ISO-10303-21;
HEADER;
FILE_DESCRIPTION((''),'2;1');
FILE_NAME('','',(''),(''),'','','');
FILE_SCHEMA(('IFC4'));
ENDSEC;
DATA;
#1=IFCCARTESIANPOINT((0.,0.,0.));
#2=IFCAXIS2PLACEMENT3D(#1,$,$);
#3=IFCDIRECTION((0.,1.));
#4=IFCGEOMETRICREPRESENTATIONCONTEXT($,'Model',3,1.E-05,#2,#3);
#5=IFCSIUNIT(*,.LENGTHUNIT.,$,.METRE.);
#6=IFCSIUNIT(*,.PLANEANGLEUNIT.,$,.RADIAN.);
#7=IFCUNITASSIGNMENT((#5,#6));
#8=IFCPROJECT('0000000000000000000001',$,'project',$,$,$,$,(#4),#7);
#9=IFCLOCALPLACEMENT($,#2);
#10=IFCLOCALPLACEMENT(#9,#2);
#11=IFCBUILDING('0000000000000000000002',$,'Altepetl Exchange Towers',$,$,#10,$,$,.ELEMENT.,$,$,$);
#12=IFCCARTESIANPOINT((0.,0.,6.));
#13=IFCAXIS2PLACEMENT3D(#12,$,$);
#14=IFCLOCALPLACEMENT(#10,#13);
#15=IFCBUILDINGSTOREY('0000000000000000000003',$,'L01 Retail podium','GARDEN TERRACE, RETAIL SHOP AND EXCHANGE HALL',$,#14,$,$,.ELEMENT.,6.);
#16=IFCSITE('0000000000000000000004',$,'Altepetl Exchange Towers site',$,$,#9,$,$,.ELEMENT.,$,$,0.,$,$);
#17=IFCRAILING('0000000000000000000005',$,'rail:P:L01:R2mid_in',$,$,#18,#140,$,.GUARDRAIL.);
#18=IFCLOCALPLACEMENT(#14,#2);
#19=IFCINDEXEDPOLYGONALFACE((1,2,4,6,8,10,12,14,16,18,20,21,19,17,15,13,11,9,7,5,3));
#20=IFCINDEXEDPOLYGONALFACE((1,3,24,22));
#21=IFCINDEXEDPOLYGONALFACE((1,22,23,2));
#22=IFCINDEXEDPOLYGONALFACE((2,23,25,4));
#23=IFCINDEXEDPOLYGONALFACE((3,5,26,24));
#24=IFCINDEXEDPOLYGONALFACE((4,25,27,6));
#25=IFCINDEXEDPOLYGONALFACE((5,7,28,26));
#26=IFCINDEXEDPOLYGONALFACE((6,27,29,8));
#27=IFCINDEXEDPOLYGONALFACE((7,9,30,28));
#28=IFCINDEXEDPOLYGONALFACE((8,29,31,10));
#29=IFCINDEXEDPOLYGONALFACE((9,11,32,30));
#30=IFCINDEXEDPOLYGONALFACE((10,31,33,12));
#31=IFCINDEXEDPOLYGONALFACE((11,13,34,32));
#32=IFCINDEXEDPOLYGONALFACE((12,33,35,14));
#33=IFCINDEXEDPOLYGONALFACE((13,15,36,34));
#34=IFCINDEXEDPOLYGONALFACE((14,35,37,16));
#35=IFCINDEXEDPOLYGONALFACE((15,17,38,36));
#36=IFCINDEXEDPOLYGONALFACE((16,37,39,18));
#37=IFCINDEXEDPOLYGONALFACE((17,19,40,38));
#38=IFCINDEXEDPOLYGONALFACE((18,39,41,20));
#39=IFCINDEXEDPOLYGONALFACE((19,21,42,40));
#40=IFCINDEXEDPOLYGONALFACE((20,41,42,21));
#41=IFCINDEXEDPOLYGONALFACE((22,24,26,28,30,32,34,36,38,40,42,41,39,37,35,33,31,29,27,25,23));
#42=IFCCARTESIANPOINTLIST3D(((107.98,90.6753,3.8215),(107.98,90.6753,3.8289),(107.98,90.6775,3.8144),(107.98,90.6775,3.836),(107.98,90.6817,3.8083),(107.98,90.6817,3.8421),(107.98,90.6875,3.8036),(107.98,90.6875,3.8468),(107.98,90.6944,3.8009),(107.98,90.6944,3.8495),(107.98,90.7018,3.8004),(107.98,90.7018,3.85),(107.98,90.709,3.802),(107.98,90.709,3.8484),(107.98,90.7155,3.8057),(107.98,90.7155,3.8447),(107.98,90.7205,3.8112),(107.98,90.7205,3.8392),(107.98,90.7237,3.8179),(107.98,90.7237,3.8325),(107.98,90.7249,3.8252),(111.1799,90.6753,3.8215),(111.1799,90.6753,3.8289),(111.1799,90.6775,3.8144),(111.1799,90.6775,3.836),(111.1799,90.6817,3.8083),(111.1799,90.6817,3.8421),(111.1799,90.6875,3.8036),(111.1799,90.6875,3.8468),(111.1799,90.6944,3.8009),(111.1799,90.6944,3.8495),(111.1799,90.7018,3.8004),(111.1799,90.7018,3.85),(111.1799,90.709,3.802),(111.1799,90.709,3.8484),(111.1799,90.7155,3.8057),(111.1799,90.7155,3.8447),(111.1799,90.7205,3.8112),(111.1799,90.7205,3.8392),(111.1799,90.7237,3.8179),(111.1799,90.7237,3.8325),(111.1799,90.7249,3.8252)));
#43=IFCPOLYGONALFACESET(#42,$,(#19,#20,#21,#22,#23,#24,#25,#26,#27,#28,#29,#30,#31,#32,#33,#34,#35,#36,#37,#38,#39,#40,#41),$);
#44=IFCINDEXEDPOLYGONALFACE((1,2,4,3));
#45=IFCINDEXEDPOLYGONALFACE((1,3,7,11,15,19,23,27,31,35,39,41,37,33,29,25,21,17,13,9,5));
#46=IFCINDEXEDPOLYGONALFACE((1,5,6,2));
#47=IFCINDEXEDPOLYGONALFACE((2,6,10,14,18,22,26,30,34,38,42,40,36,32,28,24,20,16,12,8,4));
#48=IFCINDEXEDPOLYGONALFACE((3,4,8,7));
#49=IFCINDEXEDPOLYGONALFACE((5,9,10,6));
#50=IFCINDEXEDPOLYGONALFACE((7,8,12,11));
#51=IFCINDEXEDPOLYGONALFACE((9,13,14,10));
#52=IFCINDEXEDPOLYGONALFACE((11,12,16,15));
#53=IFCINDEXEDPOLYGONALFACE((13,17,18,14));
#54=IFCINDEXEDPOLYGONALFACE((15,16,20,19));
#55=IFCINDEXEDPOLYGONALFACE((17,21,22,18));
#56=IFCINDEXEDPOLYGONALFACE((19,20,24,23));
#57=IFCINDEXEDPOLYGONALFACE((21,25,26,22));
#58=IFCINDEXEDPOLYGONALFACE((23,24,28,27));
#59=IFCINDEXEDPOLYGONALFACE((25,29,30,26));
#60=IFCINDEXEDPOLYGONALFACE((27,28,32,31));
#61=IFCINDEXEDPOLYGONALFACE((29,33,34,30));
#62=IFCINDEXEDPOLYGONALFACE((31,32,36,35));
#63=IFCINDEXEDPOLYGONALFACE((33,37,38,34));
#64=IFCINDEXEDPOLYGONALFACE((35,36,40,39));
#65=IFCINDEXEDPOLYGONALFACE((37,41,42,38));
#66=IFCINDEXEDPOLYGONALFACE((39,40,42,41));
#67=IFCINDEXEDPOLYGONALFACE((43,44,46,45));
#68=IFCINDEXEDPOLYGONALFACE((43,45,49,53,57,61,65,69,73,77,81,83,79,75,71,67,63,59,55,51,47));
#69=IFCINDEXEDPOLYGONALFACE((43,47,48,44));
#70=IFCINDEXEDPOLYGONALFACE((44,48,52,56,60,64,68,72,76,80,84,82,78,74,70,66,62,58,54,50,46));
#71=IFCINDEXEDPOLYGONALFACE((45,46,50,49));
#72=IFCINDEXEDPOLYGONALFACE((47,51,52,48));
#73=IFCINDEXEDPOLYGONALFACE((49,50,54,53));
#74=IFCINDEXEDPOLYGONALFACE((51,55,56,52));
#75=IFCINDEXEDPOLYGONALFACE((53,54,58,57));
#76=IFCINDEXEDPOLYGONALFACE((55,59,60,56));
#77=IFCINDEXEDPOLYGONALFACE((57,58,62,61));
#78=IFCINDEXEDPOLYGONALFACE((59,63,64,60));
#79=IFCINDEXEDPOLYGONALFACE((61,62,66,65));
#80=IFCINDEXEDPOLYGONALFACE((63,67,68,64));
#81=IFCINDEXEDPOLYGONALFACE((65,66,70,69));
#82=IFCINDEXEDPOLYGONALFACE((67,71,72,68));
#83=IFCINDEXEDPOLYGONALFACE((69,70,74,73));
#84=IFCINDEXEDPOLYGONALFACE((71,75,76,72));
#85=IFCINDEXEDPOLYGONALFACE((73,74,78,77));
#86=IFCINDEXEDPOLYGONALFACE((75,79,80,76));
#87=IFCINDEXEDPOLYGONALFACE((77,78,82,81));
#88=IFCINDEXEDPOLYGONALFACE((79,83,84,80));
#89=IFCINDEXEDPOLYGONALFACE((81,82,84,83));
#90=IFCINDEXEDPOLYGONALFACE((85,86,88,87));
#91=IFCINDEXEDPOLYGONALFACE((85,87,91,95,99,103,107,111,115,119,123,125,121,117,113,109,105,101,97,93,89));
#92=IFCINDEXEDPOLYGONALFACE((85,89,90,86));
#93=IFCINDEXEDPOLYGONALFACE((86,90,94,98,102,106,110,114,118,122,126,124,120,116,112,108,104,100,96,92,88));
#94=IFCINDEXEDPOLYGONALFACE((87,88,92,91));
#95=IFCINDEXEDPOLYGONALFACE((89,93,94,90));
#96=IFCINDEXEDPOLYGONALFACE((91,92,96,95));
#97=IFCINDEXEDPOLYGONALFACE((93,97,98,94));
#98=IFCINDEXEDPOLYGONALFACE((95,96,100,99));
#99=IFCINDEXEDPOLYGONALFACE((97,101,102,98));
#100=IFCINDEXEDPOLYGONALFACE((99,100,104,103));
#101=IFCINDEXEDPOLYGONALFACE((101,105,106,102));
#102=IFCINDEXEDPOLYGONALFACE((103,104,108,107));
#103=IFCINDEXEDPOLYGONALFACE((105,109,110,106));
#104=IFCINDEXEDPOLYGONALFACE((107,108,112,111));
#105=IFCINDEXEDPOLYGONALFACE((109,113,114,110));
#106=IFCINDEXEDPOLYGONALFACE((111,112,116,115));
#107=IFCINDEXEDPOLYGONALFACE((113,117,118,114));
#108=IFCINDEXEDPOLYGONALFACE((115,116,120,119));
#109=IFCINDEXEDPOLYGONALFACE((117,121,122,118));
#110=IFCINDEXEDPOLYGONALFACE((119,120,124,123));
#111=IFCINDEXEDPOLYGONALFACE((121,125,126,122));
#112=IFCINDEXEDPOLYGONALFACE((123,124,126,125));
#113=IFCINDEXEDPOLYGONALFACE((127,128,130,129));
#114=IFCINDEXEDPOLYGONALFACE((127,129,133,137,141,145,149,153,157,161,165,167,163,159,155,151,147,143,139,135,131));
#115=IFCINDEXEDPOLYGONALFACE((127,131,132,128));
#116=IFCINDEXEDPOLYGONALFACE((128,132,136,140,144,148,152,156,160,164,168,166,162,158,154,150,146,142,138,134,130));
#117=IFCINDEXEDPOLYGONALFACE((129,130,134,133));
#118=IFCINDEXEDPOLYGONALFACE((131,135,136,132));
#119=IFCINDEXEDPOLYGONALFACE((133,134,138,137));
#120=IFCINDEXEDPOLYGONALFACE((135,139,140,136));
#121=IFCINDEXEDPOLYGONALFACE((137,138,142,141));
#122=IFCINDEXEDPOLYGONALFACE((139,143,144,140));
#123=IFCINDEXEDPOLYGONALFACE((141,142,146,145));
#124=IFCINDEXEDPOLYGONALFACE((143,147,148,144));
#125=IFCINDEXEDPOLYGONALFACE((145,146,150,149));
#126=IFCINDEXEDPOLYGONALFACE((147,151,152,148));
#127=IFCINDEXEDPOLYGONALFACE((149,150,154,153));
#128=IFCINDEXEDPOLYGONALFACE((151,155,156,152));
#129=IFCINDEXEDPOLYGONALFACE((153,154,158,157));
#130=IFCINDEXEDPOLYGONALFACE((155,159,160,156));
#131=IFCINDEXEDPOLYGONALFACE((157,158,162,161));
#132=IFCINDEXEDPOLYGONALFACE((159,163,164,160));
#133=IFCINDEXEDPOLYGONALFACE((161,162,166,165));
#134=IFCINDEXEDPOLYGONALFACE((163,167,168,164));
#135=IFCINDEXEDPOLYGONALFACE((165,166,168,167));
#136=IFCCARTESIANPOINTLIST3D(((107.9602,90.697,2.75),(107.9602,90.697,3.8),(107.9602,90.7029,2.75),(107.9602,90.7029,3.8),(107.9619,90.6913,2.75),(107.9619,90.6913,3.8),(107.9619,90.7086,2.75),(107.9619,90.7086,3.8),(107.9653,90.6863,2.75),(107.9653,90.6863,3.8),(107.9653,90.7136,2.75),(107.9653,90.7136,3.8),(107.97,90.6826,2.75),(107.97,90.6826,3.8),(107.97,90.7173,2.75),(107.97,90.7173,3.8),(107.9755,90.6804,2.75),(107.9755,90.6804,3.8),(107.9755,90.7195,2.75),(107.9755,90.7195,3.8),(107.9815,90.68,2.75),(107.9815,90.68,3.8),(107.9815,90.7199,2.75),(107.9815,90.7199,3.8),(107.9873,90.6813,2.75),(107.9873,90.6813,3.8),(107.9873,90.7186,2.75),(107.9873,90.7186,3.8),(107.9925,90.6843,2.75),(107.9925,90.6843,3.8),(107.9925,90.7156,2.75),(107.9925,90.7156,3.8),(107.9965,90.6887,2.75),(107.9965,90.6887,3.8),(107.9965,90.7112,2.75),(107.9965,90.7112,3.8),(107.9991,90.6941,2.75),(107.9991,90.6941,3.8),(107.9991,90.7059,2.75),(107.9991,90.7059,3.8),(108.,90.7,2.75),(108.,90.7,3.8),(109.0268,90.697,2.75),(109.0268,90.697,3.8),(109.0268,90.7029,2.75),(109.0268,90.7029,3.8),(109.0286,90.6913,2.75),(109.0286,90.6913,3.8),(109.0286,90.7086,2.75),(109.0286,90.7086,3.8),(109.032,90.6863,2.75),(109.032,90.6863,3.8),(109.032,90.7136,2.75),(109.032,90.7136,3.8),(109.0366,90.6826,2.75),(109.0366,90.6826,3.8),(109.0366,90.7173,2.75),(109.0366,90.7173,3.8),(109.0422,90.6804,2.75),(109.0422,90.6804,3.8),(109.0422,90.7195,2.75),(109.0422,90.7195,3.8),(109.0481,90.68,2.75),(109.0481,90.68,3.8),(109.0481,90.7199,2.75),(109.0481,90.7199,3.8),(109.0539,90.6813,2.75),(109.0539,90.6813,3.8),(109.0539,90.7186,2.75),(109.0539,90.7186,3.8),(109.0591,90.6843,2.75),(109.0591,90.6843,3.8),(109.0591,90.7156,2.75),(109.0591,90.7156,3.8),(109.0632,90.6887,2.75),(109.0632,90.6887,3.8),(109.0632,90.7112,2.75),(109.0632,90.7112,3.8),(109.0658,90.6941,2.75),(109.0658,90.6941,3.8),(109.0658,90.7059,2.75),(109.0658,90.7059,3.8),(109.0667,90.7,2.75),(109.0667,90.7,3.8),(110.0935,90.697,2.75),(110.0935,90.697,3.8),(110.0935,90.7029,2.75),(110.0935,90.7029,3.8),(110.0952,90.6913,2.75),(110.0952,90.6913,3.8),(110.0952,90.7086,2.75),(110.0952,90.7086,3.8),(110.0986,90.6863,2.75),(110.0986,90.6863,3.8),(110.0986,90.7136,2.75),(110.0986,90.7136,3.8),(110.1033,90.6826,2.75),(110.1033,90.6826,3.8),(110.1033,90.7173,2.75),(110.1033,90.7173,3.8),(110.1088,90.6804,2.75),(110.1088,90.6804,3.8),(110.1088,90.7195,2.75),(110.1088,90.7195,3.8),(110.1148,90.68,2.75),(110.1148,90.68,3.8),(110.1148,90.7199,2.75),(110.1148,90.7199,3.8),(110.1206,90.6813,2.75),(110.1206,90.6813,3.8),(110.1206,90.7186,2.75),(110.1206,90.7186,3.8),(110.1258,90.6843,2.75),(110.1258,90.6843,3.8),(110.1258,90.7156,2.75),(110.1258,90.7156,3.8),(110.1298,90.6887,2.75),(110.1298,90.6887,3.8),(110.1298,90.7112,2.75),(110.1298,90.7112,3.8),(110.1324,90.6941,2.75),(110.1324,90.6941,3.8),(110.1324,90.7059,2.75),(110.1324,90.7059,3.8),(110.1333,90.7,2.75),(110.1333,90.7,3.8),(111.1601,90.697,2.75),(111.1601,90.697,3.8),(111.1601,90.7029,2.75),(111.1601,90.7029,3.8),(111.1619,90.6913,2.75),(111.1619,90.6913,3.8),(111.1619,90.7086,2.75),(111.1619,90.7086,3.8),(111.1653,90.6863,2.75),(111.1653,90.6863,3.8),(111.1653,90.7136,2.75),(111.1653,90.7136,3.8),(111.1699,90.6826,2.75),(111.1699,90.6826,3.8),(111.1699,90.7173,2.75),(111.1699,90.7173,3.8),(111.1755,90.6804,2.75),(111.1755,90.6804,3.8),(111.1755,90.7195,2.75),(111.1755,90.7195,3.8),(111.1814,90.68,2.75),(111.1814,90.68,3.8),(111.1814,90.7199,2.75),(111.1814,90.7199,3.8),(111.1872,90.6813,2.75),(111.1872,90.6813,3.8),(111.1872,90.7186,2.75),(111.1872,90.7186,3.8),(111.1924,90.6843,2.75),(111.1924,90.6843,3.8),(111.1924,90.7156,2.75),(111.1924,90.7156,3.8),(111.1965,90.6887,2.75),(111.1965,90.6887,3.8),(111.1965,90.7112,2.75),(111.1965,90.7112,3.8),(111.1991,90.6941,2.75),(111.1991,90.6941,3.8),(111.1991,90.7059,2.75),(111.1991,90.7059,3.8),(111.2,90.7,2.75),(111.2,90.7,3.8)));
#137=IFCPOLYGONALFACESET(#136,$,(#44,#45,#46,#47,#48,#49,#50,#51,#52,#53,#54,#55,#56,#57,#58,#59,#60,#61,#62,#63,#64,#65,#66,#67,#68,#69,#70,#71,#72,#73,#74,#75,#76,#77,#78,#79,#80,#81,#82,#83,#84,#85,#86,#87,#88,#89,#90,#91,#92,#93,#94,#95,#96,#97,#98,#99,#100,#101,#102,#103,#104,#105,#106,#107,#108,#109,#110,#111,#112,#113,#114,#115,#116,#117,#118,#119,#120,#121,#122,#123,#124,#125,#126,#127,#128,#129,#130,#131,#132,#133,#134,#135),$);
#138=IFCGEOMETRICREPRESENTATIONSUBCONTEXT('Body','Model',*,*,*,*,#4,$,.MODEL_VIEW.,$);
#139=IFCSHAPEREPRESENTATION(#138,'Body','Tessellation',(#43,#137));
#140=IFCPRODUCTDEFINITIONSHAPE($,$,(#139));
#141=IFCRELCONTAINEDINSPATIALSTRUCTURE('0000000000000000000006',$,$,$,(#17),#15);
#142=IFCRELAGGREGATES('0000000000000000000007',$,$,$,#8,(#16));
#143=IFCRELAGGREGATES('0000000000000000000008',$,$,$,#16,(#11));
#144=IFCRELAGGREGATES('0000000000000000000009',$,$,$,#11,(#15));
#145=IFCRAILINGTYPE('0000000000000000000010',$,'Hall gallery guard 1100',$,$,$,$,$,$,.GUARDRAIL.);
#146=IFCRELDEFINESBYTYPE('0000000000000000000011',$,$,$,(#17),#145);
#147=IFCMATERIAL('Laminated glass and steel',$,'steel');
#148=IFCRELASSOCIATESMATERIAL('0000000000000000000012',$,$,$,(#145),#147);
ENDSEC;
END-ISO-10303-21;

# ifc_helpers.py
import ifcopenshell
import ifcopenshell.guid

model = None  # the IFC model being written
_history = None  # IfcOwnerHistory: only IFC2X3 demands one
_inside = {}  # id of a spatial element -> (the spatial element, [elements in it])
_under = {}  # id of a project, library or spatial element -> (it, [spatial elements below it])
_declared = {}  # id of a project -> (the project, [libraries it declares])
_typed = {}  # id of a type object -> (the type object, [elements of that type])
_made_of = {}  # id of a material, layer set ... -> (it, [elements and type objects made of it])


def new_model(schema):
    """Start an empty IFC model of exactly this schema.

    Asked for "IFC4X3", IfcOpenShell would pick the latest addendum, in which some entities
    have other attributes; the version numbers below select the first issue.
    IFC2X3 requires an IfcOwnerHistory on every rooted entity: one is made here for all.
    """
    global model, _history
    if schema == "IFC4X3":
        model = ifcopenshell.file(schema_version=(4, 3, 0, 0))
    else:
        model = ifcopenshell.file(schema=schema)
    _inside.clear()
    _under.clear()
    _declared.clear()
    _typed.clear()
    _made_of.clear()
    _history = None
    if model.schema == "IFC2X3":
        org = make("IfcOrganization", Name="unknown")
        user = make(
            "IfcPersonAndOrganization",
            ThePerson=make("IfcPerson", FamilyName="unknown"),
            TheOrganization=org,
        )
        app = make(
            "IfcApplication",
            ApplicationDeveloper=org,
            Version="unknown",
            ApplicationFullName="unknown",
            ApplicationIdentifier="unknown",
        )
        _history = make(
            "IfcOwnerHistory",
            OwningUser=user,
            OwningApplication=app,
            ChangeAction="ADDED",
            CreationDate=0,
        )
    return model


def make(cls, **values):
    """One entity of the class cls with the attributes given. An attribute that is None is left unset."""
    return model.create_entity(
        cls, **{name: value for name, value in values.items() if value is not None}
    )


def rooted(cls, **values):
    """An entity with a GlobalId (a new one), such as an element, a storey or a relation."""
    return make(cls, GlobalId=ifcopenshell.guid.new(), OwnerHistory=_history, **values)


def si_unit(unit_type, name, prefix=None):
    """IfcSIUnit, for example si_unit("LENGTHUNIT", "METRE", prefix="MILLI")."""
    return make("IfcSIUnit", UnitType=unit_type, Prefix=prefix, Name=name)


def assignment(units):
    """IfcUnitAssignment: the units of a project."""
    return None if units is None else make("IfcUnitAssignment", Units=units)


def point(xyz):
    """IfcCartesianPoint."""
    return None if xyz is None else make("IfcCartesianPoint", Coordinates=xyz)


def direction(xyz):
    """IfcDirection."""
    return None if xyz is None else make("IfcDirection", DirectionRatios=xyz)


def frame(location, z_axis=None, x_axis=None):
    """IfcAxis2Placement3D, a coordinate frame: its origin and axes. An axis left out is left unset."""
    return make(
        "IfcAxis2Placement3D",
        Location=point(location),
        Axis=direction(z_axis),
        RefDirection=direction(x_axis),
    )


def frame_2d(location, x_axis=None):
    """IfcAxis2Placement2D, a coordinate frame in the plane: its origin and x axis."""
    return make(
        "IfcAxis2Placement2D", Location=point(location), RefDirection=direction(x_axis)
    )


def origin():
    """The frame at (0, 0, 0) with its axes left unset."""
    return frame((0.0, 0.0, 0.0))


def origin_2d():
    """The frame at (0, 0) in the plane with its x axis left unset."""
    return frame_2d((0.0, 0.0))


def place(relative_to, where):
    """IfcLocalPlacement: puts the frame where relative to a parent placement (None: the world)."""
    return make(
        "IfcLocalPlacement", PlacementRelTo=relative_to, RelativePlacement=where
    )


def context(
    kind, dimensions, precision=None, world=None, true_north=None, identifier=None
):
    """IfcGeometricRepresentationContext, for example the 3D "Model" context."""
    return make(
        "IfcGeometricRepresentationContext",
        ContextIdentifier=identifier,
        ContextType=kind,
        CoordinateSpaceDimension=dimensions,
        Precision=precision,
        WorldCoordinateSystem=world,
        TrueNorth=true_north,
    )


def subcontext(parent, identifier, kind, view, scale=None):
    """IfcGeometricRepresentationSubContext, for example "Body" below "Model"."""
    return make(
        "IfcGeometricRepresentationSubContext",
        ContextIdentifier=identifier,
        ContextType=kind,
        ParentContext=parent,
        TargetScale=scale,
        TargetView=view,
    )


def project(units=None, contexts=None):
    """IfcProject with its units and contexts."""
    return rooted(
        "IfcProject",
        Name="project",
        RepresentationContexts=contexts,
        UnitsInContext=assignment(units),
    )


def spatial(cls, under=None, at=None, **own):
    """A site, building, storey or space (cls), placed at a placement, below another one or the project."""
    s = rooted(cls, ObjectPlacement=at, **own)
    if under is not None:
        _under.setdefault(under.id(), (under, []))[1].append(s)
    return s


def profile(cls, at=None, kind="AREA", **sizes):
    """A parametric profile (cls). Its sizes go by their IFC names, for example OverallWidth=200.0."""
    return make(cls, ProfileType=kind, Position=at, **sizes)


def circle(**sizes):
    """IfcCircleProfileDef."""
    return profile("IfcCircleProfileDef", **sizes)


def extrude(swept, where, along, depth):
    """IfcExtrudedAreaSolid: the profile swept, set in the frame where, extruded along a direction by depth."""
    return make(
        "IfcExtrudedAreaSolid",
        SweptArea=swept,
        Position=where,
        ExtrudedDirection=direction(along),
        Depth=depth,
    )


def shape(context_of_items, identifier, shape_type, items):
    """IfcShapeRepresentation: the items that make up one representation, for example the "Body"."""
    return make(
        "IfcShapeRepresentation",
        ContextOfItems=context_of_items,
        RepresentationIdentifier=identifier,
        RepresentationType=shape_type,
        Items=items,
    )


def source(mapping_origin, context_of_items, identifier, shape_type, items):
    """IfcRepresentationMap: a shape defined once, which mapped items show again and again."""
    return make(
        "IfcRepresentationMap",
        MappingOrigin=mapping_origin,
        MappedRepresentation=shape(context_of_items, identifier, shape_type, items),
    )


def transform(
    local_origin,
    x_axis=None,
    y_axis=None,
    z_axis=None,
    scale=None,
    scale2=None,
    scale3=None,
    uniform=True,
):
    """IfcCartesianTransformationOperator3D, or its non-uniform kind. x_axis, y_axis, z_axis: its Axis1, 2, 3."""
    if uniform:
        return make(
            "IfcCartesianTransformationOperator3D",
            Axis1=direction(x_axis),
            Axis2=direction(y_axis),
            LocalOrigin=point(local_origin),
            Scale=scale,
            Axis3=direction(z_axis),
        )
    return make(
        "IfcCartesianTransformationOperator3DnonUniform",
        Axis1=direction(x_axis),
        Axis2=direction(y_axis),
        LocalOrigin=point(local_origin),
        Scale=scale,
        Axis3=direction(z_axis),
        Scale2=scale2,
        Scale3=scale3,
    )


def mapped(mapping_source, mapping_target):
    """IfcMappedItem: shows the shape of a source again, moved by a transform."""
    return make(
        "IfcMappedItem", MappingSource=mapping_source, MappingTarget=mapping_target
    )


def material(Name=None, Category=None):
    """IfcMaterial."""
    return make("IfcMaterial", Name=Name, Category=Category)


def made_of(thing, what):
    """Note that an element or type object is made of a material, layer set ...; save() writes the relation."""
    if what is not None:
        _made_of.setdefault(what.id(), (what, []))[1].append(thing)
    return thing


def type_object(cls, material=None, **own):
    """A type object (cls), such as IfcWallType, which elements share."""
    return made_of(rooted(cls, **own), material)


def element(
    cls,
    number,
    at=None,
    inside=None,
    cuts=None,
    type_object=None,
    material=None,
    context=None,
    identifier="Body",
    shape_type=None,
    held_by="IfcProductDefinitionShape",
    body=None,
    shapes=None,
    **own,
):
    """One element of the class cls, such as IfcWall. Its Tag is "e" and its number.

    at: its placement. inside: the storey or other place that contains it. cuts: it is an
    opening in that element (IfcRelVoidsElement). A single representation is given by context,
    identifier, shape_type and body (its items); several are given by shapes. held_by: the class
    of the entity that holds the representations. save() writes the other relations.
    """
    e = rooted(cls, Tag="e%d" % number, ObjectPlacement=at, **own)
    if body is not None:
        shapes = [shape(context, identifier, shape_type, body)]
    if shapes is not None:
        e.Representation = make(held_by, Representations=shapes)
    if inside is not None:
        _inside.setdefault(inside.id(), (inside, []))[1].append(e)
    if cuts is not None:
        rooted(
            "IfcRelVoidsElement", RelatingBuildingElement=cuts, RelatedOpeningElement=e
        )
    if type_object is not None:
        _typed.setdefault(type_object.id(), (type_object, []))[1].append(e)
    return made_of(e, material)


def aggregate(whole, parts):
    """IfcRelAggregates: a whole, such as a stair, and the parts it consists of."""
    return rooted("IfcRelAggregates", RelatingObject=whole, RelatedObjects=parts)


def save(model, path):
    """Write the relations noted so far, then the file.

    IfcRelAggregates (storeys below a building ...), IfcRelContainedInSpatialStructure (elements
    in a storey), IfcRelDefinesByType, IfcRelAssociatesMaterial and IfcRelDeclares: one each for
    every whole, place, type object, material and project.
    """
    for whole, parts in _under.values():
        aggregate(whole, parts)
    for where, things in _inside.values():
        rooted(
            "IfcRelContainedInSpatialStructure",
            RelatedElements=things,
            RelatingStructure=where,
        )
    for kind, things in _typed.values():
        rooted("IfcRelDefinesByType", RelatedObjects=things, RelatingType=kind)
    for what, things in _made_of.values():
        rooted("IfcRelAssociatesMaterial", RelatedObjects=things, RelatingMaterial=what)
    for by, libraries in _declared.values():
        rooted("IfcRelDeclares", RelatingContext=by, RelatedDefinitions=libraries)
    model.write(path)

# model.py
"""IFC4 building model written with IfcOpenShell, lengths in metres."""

from ifc_helpers import new_model, si_unit, direction, frame, origin, origin_2d, place, context, subcontext, project, spatial, circle, extrude, source, transform, mapped, material, type_object, element, save


model = new_model("IFC4")

# Units and contexts
model_context = context("Model", 3, precision=1e-05, world=origin(), true_north=direction((0.0, 1.0)))
body_context = subcontext(model_context, "Body", "Model", "MODEL_VIEW")
ifc_project = project(units=[si_unit("LENGTHUNIT", "METRE"), si_unit("PLANEANGLEUNIT", "RADIAN")], contexts=[model_context])

# Site, building, storey
site_placement = place(None, origin())
site = spatial("IfcSite", under=ifc_project, at=site_placement, Name="Altepetl Exchange Towers site", CompositionType="ELEMENT", RefElevation=0.0)
building_placement = place(site_placement, origin())
building = spatial("IfcBuilding", under=site, at=building_placement, Name="Altepetl Exchange Towers", CompositionType="ELEMENT")
storey_placement = place(building_placement, frame((0.0, 0.0, 6.0)))
storey = spatial("IfcBuildingStorey", under=building, at=storey_placement, Name="L01 Retail podium", Description="GARDEN TERRACE, RETAIL SHOP AND EXCHANGE HALL", CompositionType="ELEMENT", Elevation=6.0)

# Railing
ifc_material_1 = material(Name="Laminated glass and steel", Category="steel")
railing_type_1 = type_object("IfcRailingType", Name="Hall gallery guard 1100", PredefinedType="GUARDRAIL", material=ifc_material_1)
shared_shape_1 = source(origin(), body_context, "Body", "SweptSolid", [
    extrude(circle(Radius=0.02, at=origin_2d()), origin(), (0.0, 0.0, 1.0), 1.05),
])
for number, where, name in (
    (1, (107.98, 90.7, 2.75), "rail:P:L01:R2mid_in"),
):
    element("IfcRailing", number, at=place(storey_placement, frame(where)), inside=storey, type_object=railing_type_1, Name=name, PredefinedType="GUARDRAIL", context=body_context, shape_type="SweptSolid", body=[
        extrude(circle(Radius=0.0249, at=origin_2d()), frame((0.0, 0.0, 1.0752), z_axis=(1.0, 0.0, 0.0), x_axis=(0.0, 1.0, 0.0)), (0.0, 0.0, 1.0), 3.2),
        mapped(shared_shape_1, transform((0.0, 0.0, 0.0))),
        mapped(shared_shape_1, transform((1.0667, 0.0, 0.0))),
        mapped(shared_shape_1, transform((2.1333, 0.0, 0.0))),
        mapped(shared_shape_1, transform((3.2, 0.0, 0.0))),
    ])

save(model, "model.ifc")
